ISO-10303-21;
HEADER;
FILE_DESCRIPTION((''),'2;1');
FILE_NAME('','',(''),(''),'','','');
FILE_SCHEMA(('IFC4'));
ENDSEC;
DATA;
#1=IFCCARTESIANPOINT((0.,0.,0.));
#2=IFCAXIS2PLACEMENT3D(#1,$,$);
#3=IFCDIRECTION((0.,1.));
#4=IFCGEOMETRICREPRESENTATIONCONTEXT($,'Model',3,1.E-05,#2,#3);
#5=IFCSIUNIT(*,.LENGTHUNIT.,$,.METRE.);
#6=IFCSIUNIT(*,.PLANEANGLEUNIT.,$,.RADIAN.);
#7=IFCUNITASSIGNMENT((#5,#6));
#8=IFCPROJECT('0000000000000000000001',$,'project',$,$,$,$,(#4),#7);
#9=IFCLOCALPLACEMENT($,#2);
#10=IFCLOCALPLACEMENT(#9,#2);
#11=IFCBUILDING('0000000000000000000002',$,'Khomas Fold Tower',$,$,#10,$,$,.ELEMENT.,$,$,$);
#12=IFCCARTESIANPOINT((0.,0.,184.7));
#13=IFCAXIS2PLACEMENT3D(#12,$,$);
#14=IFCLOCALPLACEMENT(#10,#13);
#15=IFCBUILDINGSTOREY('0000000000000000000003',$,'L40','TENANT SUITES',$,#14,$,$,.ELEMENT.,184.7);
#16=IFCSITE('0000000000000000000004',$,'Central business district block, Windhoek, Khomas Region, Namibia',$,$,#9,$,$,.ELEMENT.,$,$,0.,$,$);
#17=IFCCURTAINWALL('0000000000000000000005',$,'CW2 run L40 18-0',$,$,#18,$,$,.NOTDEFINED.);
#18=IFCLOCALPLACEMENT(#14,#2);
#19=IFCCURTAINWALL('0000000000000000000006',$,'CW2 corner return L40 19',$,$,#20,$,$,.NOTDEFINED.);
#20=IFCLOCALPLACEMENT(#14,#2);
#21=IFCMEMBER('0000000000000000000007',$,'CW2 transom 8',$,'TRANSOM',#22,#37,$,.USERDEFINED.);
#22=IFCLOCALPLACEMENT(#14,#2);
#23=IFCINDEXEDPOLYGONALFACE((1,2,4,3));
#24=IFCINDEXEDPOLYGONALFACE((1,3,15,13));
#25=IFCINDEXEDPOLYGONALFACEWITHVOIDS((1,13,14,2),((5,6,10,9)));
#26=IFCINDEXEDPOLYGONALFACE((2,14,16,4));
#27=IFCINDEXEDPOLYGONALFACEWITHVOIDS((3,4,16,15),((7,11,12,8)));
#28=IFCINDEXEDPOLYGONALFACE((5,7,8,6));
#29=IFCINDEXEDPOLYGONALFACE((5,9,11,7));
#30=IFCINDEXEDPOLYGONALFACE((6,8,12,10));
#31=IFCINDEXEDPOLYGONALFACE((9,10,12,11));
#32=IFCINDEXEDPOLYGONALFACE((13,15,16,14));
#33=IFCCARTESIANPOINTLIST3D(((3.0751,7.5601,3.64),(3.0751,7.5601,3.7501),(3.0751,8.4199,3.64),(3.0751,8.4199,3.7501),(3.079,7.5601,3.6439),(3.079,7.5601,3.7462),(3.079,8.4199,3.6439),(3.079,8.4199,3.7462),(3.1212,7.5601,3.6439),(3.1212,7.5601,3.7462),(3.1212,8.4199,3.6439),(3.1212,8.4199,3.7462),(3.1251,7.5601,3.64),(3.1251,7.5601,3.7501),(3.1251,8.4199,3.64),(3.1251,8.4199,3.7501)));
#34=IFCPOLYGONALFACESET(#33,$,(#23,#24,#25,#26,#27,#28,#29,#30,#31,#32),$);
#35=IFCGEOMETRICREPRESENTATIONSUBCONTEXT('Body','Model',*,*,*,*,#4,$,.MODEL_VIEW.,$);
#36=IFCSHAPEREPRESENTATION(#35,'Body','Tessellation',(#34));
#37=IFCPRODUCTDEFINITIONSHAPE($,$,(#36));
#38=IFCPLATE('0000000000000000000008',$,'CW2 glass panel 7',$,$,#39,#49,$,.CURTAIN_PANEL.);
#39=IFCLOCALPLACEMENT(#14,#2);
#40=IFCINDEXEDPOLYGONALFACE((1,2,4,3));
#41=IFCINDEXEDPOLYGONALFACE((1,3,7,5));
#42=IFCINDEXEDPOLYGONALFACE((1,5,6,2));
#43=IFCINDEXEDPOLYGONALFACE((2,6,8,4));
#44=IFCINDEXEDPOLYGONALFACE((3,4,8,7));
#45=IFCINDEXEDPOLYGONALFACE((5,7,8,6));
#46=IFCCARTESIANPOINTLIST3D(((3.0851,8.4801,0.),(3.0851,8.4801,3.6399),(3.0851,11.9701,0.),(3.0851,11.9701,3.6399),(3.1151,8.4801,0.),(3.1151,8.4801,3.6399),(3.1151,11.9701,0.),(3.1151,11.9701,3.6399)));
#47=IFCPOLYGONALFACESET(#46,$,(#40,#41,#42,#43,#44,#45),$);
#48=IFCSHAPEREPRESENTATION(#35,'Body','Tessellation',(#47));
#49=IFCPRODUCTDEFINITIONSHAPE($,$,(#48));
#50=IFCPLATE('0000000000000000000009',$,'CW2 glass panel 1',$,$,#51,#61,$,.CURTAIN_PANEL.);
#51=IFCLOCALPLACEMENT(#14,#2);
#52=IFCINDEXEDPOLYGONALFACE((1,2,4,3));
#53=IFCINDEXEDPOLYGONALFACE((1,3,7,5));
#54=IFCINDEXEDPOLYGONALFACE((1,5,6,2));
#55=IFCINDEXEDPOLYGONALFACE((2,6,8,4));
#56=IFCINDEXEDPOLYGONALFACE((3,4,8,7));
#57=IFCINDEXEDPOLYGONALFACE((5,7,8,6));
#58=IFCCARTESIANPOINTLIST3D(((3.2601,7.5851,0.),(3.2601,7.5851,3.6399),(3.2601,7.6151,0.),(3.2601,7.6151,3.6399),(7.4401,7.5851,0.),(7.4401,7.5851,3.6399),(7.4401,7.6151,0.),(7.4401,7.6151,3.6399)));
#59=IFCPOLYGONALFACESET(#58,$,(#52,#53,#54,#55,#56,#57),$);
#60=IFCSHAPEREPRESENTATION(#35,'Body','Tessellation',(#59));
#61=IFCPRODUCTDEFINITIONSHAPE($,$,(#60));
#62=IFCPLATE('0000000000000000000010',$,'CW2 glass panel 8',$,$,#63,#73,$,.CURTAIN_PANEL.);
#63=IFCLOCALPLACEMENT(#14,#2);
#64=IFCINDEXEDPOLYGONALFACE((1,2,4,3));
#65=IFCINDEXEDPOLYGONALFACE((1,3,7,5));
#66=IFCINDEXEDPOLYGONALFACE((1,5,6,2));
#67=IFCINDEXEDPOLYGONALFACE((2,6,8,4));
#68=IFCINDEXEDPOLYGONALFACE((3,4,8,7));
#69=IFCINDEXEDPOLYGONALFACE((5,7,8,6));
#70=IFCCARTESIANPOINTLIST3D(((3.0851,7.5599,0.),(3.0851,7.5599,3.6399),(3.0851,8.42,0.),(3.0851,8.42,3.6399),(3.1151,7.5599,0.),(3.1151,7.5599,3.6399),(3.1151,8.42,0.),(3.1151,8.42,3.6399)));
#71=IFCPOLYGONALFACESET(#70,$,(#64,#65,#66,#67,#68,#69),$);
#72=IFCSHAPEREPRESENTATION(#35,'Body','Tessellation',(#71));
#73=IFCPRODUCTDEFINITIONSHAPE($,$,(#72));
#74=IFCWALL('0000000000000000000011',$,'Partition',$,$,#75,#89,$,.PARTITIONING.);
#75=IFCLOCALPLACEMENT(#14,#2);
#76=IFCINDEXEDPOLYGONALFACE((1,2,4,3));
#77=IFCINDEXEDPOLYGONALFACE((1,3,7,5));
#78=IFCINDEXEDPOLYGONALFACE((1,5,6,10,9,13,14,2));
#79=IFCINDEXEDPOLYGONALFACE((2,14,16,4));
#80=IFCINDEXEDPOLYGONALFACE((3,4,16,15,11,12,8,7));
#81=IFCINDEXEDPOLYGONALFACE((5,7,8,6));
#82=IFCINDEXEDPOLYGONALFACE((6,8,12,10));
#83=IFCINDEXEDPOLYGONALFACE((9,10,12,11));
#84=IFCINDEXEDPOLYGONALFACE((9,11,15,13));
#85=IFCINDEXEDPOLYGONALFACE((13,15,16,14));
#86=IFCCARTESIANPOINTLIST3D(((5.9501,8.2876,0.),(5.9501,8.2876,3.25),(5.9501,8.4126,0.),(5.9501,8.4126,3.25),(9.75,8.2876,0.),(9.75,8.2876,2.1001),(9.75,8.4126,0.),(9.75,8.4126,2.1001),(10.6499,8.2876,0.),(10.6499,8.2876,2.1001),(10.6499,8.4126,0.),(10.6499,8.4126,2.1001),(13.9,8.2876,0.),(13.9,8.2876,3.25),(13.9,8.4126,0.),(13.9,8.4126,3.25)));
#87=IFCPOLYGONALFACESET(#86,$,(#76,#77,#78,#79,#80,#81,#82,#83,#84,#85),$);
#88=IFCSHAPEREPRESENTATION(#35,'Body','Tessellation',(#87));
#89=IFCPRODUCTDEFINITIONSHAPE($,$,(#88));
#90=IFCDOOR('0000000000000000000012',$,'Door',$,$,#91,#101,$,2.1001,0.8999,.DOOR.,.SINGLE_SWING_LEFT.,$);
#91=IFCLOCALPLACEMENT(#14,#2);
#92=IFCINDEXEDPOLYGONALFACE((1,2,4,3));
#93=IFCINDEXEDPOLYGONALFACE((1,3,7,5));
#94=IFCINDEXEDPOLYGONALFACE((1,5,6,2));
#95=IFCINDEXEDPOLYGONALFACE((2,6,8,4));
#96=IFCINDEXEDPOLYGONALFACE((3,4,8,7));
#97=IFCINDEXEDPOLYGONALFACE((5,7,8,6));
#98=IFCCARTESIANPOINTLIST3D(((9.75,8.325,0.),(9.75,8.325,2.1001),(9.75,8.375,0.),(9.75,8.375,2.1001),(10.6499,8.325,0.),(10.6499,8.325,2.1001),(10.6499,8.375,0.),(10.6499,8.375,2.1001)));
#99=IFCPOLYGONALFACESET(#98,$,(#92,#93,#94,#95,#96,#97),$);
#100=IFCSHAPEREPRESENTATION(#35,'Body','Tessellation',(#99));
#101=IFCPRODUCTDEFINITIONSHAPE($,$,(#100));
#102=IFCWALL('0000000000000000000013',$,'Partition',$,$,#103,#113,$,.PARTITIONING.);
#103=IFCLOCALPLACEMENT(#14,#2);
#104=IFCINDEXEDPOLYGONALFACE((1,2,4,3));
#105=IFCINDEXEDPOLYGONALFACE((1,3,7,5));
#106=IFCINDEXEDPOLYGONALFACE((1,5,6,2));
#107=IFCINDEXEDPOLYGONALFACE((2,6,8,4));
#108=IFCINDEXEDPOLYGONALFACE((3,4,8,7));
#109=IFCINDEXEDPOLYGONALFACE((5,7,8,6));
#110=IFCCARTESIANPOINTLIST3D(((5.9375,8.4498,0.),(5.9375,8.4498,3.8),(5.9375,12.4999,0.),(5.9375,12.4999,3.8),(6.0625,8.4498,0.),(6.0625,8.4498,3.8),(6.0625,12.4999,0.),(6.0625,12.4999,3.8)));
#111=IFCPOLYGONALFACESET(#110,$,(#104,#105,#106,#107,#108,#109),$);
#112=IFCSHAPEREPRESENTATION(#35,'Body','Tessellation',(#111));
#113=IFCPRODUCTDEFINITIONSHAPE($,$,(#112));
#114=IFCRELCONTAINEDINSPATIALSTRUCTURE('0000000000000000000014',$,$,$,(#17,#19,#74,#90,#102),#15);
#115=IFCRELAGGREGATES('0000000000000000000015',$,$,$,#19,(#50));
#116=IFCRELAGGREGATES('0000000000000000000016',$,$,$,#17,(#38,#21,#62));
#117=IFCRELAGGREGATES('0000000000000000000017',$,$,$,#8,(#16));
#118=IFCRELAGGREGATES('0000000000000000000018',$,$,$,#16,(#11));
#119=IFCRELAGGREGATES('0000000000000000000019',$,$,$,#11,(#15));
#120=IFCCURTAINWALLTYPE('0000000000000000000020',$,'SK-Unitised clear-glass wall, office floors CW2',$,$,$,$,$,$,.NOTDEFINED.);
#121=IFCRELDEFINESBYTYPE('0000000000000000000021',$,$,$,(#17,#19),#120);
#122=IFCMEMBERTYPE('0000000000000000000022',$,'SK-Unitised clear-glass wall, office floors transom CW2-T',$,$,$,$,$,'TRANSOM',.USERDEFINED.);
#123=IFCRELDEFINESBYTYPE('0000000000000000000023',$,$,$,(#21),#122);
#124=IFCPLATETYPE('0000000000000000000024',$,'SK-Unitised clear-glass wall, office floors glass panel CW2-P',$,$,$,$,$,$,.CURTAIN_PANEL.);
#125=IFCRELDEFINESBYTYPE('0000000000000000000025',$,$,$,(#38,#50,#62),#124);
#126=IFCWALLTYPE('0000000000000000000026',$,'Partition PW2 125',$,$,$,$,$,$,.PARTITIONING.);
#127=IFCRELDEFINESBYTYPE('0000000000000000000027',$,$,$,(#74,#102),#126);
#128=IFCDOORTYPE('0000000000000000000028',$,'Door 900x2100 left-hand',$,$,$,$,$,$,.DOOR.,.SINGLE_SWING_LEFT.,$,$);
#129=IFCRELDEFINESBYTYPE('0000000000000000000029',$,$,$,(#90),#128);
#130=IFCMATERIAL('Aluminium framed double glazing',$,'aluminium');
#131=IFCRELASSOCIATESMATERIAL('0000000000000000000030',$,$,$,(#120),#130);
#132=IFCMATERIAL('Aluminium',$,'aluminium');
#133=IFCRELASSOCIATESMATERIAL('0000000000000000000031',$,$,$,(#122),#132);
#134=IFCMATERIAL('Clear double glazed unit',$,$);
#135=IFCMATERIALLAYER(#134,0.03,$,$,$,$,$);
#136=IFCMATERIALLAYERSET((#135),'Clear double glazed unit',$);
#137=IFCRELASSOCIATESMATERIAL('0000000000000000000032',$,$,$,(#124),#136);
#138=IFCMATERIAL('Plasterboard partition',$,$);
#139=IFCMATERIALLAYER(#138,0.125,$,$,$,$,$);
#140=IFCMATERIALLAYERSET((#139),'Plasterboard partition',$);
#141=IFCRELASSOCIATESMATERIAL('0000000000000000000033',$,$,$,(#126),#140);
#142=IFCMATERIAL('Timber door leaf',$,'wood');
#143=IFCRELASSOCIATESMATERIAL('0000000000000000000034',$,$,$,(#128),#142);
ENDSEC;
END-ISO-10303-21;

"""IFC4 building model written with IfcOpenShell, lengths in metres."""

from ifc_helpers import new_model, si_unit, direction, frame, frame_2d, origin, origin_2d, place, context, subcontext, project, spatial, rectangle, hollow_rectangle, extrude, source, transform, mapped, material, layer, layer_set, material_profile, profile_set, type_object, element, fill, aggregate, save


model = new_model("IFC4")

# Units and contexts
model_context = context("Model", 3, precision=1e-05, world=origin(), true_north=direction((0.0, 1.0)))
body_context = subcontext(model_context, "Body", "Model", "MODEL_VIEW")
ifc_project = project(units=[si_unit("LENGTHUNIT", "METRE"), si_unit("PLANEANGLEUNIT", "RADIAN")], contexts=[model_context])

# Site, building, storey
site_placement = place(None, origin())
site = spatial("IfcSite", under=ifc_project, at=site_placement, Name="Central business district block, Windhoek, Khomas Region, Namibia", CompositionType="ELEMENT", RefElevation=0.0)
building_placement = place(site_placement, origin())
building = spatial("IfcBuilding", under=site, at=building_placement, Name="Khomas Fold Tower", CompositionType="ELEMENT")
storey_placement = place(building_placement, frame((0.0, 0.0, 184.7)))
storey = spatial("IfcBuildingStorey", under=building, at=storey_placement, Name="L40", Description="TENANT SUITES", CompositionType="ELEMENT", Elevation=184.7)

# Shared definitions
ifc_material_1 = material(Name="Aluminium framed double glazing", Category="aluminium")
curtain_wall_type = type_object("IfcCurtainWallType", Name="SK-Unitised clear-glass wall, office floors CW2", PredefinedType="NOTDEFINED", material=ifc_material_1)

# Curtain walls
curtain_wall_1_placement = place(storey_placement, origin())
curtain_wall_1 = element("IfcCurtainWall", 1, at=curtain_wall_1_placement, inside=storey, type_object=curtain_wall_type, Name="CW2 run L40 18-0", PredefinedType="NOTDEFINED")
curtain_wall_2_placement = place(storey_placement, origin())
curtain_wall_2 = element("IfcCurtainWall", 2, at=curtain_wall_2_placement, inside=storey, type_object=curtain_wall_type, Name="CW2 corner return L40 19", PredefinedType="NOTDEFINED")
ifc_material_2 = material(Name="Aluminium", Category="aluminium")
ifc_material_profile_1 = material_profile(ifc_material_2, hollow_rectangle(XDim=0.05, YDim=0.1101, WallThickness=0.0039, at=origin_2d()), Name="SK-Unitised clear-glass wall, office floors transom CW2-T")
ifc_profile_set_1 = profile_set([ifc_material_profile_1], Name="Aluminium")
member_type_1 = type_object("IfcMemberType", Name="SK-Unitised clear-glass wall, office floors transom CW2-T", ElementType="TRANSOM", PredefinedType="USERDEFINED", material=ifc_profile_set_1)

# Member
shared_shape_1 = source(origin(), body_context, "Body", "SweptSolid", [
    extrude(hollow_rectangle(XDim=0.05, YDim=0.1101, WallThickness=0.0039, at=origin_2d()), origin(), (0.0, 0.0, 1.0), 0.8599),
])
member_1_placement = place(storey_placement, frame((3.1001, 8.4199, 3.6951), z_axis=(0.0, -1.0, 0.0), x_axis=(1.0, 0.0, 0.0)))
member_1 = element("IfcMember", 3, at=member_1_placement, type_object=member_type_1, Name="CW2 transom 8", ObjectType="TRANSOM", PredefinedType="USERDEFINED", context=body_context, shape_type="MappedRepresentation", body=[
    mapped(shared_shape_1, transform((0.0, 0.0, 0.0))),
])

# Plates
ifc_material_3 = material(Name="Clear double glazed unit")
ifc_layer_1 = layer(ifc_material_3, 0.03)
ifc_layer_set_1 = layer_set([ifc_layer_1], Name="Clear double glazed unit")
plate_type = type_object("IfcPlateType", Name="SK-Unitised clear-glass wall, office floors glass panel CW2-P", PredefinedType="CURTAIN_PANEL", material=ifc_layer_set_1)
shared_shape_2 = source(origin(), body_context, "Body", "SweptSolid", [
    extrude(rectangle(XDim=3.49, YDim=0.03, at=origin_2d()), origin(), (0.0, 0.0, 1.0), 3.6399),
])
plate_1_placement = place(storey_placement, frame((3.1001, 10.2251, 0.0), z_axis=(0.0, 0.0, 1.0), x_axis=(0.0, -1.0, 0.0)))
plate_1 = element("IfcPlate", 4, at=plate_1_placement, type_object=plate_type, Name="CW2 glass panel 7", PredefinedType="CURTAIN_PANEL", context=body_context, shape_type="MappedRepresentation", body=[
    mapped(shared_shape_2, transform((0.0, 0.0, 0.0))),
])
shared_shape_3 = source(origin(), body_context, "Body", "SweptSolid", [
    extrude(rectangle(XDim=4.1799, YDim=0.03, at=origin_2d()), origin(), (0.0, 0.0, 1.0), 3.6399),
])
plate_2_placement = place(storey_placement, frame((5.3501, 7.6001, 0.0), z_axis=(0.0, 0.0, 1.0), x_axis=(1.0, 0.0, 0.0)))
plate_2 = element("IfcPlate", 5, at=plate_2_placement, type_object=plate_type, Name="CW2 glass panel 1", PredefinedType="CURTAIN_PANEL", context=body_context, shape_type="MappedRepresentation", body=[
    mapped(shared_shape_3, transform((0.0, 0.0, 0.0))),
])
aggregate(curtain_wall_2, [plate_2])
shared_shape_4 = source(origin(), body_context, "Body", "SweptSolid", [
    extrude(rectangle(XDim=0.8601, YDim=0.03, at=origin_2d()), origin(), (0.0, 0.0, 1.0), 3.6399),
])
plate_3_placement = place(storey_placement, frame((3.1001, 7.99, 0.0), z_axis=(0.0, 0.0, 1.0), x_axis=(0.0, -1.0, 0.0)))
plate_3 = element("IfcPlate", 6, at=plate_3_placement, type_object=plate_type, Name="CW2 glass panel 8", PredefinedType="CURTAIN_PANEL", context=body_context, shape_type="MappedRepresentation", body=[
    mapped(shared_shape_4, transform((0.0, 0.0, 0.0))),
])
aggregate(curtain_wall_1, [plate_1, member_1, plate_3])

# Wall, opening, door
ifc_material_4 = material(Name="Plasterboard partition")
ifc_layer_2 = layer(ifc_material_4, 0.125)
ifc_layer_set_2 = layer_set([ifc_layer_2], Name="Plasterboard partition")
wall_type = type_object("IfcWallType", Name="Partition PW2 125", PredefinedType="PARTITIONING", material=ifc_layer_set_2)
shared_shape_5 = source(origin(), body_context, "Body", "SweptSolid", [
    extrude(rectangle(XDim=7.95, YDim=0.125, at=frame_2d((3.9751, 0.0))), origin(), (0.0, 0.0, 1.0), 3.25),
])
wall_1_placement = place(storey_placement, frame((5.95, 8.3501, 0.0), z_axis=(0.0, 0.0, 1.0), x_axis=(1.0, 0.0, 0.0)))
wall_1 = element("IfcWall", 7, at=wall_1_placement, inside=storey, type_object=wall_type, Name="Partition", PredefinedType="PARTITIONING", context=body_context, shape_type="MappedRepresentation", body=[
    mapped(shared_shape_5, transform((0.0, 0.0, 0.0))),
])
shared_shape_6 = source(origin(), body_context, "Body", "SweptSolid", [
    extrude(rectangle(XDim=0.8999, YDim=2.1001, at=frame_2d((0.45, 1.05))), frame((0.0, 0.0725, 0.0), z_axis=(0.0, -1.0, 0.0), x_axis=(1.0, 0.0, 0.0)), (0.0, 0.0, 1.0), 0.145),
])
opening_placement = place(wall_1_placement, frame((3.8, 0.0, 0.0)))
opening = element("IfcOpeningElement", 8, at=opening_placement, cuts=wall_1, PredefinedType="OPENING", context=body_context, shape_type="MappedRepresentation", body=[
    mapped(shared_shape_6, transform((0.0, 0.0, 0.0))),
])
ifc_material_5 = material(Name="Timber door leaf", Category="wood")
door_type = type_object("IfcDoorType", Name="Door 900x2100 left-hand", OperationType="SINGLE_SWING_LEFT", PredefinedType="DOOR", material=ifc_material_5)
shared_shape_7 = source(origin(), body_context, "Body", "SweptSolid", [
    extrude(rectangle(XDim=0.8999, YDim=2.1001, at=frame_2d((0.45, 1.05))), frame((0.0, 0.0249, 0.0), z_axis=(0.0, -1.0, 0.0), x_axis=(1.0, 0.0, 0.0)), (0.0, 0.0, 1.0), 0.05),
])
door_placement = place(opening_placement, origin())
door = element("IfcDoor", 9, at=door_placement, inside=storey, type_object=door_type, Name="Door", OperationType="SINGLE_SWING_LEFT", OverallHeight=2.1001, OverallWidth=0.8999, PredefinedType="DOOR", context=body_context, shape_type="MappedRepresentation", body=[
    mapped(shared_shape_7, transform((0.0, 0.0, 0.0))),
])
fill(opening, door)

# Wall
shared_shape_8 = source(origin(), body_context, "Body", "SweptSolid", [
    extrude(rectangle(XDim=4.05, YDim=0.125, at=frame_2d((2.0249, 0.0))), origin(), (0.0, 0.0, 1.0), 3.8),
])
wall_2_placement = place(storey_placement, frame((6.0, 8.45, 0.0), z_axis=(0.0, 0.0, 1.0), x_axis=(0.0, 1.0, 0.0)))
element("IfcWall", 10, at=wall_2_placement, inside=storey, type_object=wall_type, Name="Partition", PredefinedType="PARTITIONING", context=body_context, shape_type="MappedRepresentation", body=[
    mapped(shared_shape_8, transform((0.0, 0.0, 0.0))),
])

save(model, "model.ifc")
